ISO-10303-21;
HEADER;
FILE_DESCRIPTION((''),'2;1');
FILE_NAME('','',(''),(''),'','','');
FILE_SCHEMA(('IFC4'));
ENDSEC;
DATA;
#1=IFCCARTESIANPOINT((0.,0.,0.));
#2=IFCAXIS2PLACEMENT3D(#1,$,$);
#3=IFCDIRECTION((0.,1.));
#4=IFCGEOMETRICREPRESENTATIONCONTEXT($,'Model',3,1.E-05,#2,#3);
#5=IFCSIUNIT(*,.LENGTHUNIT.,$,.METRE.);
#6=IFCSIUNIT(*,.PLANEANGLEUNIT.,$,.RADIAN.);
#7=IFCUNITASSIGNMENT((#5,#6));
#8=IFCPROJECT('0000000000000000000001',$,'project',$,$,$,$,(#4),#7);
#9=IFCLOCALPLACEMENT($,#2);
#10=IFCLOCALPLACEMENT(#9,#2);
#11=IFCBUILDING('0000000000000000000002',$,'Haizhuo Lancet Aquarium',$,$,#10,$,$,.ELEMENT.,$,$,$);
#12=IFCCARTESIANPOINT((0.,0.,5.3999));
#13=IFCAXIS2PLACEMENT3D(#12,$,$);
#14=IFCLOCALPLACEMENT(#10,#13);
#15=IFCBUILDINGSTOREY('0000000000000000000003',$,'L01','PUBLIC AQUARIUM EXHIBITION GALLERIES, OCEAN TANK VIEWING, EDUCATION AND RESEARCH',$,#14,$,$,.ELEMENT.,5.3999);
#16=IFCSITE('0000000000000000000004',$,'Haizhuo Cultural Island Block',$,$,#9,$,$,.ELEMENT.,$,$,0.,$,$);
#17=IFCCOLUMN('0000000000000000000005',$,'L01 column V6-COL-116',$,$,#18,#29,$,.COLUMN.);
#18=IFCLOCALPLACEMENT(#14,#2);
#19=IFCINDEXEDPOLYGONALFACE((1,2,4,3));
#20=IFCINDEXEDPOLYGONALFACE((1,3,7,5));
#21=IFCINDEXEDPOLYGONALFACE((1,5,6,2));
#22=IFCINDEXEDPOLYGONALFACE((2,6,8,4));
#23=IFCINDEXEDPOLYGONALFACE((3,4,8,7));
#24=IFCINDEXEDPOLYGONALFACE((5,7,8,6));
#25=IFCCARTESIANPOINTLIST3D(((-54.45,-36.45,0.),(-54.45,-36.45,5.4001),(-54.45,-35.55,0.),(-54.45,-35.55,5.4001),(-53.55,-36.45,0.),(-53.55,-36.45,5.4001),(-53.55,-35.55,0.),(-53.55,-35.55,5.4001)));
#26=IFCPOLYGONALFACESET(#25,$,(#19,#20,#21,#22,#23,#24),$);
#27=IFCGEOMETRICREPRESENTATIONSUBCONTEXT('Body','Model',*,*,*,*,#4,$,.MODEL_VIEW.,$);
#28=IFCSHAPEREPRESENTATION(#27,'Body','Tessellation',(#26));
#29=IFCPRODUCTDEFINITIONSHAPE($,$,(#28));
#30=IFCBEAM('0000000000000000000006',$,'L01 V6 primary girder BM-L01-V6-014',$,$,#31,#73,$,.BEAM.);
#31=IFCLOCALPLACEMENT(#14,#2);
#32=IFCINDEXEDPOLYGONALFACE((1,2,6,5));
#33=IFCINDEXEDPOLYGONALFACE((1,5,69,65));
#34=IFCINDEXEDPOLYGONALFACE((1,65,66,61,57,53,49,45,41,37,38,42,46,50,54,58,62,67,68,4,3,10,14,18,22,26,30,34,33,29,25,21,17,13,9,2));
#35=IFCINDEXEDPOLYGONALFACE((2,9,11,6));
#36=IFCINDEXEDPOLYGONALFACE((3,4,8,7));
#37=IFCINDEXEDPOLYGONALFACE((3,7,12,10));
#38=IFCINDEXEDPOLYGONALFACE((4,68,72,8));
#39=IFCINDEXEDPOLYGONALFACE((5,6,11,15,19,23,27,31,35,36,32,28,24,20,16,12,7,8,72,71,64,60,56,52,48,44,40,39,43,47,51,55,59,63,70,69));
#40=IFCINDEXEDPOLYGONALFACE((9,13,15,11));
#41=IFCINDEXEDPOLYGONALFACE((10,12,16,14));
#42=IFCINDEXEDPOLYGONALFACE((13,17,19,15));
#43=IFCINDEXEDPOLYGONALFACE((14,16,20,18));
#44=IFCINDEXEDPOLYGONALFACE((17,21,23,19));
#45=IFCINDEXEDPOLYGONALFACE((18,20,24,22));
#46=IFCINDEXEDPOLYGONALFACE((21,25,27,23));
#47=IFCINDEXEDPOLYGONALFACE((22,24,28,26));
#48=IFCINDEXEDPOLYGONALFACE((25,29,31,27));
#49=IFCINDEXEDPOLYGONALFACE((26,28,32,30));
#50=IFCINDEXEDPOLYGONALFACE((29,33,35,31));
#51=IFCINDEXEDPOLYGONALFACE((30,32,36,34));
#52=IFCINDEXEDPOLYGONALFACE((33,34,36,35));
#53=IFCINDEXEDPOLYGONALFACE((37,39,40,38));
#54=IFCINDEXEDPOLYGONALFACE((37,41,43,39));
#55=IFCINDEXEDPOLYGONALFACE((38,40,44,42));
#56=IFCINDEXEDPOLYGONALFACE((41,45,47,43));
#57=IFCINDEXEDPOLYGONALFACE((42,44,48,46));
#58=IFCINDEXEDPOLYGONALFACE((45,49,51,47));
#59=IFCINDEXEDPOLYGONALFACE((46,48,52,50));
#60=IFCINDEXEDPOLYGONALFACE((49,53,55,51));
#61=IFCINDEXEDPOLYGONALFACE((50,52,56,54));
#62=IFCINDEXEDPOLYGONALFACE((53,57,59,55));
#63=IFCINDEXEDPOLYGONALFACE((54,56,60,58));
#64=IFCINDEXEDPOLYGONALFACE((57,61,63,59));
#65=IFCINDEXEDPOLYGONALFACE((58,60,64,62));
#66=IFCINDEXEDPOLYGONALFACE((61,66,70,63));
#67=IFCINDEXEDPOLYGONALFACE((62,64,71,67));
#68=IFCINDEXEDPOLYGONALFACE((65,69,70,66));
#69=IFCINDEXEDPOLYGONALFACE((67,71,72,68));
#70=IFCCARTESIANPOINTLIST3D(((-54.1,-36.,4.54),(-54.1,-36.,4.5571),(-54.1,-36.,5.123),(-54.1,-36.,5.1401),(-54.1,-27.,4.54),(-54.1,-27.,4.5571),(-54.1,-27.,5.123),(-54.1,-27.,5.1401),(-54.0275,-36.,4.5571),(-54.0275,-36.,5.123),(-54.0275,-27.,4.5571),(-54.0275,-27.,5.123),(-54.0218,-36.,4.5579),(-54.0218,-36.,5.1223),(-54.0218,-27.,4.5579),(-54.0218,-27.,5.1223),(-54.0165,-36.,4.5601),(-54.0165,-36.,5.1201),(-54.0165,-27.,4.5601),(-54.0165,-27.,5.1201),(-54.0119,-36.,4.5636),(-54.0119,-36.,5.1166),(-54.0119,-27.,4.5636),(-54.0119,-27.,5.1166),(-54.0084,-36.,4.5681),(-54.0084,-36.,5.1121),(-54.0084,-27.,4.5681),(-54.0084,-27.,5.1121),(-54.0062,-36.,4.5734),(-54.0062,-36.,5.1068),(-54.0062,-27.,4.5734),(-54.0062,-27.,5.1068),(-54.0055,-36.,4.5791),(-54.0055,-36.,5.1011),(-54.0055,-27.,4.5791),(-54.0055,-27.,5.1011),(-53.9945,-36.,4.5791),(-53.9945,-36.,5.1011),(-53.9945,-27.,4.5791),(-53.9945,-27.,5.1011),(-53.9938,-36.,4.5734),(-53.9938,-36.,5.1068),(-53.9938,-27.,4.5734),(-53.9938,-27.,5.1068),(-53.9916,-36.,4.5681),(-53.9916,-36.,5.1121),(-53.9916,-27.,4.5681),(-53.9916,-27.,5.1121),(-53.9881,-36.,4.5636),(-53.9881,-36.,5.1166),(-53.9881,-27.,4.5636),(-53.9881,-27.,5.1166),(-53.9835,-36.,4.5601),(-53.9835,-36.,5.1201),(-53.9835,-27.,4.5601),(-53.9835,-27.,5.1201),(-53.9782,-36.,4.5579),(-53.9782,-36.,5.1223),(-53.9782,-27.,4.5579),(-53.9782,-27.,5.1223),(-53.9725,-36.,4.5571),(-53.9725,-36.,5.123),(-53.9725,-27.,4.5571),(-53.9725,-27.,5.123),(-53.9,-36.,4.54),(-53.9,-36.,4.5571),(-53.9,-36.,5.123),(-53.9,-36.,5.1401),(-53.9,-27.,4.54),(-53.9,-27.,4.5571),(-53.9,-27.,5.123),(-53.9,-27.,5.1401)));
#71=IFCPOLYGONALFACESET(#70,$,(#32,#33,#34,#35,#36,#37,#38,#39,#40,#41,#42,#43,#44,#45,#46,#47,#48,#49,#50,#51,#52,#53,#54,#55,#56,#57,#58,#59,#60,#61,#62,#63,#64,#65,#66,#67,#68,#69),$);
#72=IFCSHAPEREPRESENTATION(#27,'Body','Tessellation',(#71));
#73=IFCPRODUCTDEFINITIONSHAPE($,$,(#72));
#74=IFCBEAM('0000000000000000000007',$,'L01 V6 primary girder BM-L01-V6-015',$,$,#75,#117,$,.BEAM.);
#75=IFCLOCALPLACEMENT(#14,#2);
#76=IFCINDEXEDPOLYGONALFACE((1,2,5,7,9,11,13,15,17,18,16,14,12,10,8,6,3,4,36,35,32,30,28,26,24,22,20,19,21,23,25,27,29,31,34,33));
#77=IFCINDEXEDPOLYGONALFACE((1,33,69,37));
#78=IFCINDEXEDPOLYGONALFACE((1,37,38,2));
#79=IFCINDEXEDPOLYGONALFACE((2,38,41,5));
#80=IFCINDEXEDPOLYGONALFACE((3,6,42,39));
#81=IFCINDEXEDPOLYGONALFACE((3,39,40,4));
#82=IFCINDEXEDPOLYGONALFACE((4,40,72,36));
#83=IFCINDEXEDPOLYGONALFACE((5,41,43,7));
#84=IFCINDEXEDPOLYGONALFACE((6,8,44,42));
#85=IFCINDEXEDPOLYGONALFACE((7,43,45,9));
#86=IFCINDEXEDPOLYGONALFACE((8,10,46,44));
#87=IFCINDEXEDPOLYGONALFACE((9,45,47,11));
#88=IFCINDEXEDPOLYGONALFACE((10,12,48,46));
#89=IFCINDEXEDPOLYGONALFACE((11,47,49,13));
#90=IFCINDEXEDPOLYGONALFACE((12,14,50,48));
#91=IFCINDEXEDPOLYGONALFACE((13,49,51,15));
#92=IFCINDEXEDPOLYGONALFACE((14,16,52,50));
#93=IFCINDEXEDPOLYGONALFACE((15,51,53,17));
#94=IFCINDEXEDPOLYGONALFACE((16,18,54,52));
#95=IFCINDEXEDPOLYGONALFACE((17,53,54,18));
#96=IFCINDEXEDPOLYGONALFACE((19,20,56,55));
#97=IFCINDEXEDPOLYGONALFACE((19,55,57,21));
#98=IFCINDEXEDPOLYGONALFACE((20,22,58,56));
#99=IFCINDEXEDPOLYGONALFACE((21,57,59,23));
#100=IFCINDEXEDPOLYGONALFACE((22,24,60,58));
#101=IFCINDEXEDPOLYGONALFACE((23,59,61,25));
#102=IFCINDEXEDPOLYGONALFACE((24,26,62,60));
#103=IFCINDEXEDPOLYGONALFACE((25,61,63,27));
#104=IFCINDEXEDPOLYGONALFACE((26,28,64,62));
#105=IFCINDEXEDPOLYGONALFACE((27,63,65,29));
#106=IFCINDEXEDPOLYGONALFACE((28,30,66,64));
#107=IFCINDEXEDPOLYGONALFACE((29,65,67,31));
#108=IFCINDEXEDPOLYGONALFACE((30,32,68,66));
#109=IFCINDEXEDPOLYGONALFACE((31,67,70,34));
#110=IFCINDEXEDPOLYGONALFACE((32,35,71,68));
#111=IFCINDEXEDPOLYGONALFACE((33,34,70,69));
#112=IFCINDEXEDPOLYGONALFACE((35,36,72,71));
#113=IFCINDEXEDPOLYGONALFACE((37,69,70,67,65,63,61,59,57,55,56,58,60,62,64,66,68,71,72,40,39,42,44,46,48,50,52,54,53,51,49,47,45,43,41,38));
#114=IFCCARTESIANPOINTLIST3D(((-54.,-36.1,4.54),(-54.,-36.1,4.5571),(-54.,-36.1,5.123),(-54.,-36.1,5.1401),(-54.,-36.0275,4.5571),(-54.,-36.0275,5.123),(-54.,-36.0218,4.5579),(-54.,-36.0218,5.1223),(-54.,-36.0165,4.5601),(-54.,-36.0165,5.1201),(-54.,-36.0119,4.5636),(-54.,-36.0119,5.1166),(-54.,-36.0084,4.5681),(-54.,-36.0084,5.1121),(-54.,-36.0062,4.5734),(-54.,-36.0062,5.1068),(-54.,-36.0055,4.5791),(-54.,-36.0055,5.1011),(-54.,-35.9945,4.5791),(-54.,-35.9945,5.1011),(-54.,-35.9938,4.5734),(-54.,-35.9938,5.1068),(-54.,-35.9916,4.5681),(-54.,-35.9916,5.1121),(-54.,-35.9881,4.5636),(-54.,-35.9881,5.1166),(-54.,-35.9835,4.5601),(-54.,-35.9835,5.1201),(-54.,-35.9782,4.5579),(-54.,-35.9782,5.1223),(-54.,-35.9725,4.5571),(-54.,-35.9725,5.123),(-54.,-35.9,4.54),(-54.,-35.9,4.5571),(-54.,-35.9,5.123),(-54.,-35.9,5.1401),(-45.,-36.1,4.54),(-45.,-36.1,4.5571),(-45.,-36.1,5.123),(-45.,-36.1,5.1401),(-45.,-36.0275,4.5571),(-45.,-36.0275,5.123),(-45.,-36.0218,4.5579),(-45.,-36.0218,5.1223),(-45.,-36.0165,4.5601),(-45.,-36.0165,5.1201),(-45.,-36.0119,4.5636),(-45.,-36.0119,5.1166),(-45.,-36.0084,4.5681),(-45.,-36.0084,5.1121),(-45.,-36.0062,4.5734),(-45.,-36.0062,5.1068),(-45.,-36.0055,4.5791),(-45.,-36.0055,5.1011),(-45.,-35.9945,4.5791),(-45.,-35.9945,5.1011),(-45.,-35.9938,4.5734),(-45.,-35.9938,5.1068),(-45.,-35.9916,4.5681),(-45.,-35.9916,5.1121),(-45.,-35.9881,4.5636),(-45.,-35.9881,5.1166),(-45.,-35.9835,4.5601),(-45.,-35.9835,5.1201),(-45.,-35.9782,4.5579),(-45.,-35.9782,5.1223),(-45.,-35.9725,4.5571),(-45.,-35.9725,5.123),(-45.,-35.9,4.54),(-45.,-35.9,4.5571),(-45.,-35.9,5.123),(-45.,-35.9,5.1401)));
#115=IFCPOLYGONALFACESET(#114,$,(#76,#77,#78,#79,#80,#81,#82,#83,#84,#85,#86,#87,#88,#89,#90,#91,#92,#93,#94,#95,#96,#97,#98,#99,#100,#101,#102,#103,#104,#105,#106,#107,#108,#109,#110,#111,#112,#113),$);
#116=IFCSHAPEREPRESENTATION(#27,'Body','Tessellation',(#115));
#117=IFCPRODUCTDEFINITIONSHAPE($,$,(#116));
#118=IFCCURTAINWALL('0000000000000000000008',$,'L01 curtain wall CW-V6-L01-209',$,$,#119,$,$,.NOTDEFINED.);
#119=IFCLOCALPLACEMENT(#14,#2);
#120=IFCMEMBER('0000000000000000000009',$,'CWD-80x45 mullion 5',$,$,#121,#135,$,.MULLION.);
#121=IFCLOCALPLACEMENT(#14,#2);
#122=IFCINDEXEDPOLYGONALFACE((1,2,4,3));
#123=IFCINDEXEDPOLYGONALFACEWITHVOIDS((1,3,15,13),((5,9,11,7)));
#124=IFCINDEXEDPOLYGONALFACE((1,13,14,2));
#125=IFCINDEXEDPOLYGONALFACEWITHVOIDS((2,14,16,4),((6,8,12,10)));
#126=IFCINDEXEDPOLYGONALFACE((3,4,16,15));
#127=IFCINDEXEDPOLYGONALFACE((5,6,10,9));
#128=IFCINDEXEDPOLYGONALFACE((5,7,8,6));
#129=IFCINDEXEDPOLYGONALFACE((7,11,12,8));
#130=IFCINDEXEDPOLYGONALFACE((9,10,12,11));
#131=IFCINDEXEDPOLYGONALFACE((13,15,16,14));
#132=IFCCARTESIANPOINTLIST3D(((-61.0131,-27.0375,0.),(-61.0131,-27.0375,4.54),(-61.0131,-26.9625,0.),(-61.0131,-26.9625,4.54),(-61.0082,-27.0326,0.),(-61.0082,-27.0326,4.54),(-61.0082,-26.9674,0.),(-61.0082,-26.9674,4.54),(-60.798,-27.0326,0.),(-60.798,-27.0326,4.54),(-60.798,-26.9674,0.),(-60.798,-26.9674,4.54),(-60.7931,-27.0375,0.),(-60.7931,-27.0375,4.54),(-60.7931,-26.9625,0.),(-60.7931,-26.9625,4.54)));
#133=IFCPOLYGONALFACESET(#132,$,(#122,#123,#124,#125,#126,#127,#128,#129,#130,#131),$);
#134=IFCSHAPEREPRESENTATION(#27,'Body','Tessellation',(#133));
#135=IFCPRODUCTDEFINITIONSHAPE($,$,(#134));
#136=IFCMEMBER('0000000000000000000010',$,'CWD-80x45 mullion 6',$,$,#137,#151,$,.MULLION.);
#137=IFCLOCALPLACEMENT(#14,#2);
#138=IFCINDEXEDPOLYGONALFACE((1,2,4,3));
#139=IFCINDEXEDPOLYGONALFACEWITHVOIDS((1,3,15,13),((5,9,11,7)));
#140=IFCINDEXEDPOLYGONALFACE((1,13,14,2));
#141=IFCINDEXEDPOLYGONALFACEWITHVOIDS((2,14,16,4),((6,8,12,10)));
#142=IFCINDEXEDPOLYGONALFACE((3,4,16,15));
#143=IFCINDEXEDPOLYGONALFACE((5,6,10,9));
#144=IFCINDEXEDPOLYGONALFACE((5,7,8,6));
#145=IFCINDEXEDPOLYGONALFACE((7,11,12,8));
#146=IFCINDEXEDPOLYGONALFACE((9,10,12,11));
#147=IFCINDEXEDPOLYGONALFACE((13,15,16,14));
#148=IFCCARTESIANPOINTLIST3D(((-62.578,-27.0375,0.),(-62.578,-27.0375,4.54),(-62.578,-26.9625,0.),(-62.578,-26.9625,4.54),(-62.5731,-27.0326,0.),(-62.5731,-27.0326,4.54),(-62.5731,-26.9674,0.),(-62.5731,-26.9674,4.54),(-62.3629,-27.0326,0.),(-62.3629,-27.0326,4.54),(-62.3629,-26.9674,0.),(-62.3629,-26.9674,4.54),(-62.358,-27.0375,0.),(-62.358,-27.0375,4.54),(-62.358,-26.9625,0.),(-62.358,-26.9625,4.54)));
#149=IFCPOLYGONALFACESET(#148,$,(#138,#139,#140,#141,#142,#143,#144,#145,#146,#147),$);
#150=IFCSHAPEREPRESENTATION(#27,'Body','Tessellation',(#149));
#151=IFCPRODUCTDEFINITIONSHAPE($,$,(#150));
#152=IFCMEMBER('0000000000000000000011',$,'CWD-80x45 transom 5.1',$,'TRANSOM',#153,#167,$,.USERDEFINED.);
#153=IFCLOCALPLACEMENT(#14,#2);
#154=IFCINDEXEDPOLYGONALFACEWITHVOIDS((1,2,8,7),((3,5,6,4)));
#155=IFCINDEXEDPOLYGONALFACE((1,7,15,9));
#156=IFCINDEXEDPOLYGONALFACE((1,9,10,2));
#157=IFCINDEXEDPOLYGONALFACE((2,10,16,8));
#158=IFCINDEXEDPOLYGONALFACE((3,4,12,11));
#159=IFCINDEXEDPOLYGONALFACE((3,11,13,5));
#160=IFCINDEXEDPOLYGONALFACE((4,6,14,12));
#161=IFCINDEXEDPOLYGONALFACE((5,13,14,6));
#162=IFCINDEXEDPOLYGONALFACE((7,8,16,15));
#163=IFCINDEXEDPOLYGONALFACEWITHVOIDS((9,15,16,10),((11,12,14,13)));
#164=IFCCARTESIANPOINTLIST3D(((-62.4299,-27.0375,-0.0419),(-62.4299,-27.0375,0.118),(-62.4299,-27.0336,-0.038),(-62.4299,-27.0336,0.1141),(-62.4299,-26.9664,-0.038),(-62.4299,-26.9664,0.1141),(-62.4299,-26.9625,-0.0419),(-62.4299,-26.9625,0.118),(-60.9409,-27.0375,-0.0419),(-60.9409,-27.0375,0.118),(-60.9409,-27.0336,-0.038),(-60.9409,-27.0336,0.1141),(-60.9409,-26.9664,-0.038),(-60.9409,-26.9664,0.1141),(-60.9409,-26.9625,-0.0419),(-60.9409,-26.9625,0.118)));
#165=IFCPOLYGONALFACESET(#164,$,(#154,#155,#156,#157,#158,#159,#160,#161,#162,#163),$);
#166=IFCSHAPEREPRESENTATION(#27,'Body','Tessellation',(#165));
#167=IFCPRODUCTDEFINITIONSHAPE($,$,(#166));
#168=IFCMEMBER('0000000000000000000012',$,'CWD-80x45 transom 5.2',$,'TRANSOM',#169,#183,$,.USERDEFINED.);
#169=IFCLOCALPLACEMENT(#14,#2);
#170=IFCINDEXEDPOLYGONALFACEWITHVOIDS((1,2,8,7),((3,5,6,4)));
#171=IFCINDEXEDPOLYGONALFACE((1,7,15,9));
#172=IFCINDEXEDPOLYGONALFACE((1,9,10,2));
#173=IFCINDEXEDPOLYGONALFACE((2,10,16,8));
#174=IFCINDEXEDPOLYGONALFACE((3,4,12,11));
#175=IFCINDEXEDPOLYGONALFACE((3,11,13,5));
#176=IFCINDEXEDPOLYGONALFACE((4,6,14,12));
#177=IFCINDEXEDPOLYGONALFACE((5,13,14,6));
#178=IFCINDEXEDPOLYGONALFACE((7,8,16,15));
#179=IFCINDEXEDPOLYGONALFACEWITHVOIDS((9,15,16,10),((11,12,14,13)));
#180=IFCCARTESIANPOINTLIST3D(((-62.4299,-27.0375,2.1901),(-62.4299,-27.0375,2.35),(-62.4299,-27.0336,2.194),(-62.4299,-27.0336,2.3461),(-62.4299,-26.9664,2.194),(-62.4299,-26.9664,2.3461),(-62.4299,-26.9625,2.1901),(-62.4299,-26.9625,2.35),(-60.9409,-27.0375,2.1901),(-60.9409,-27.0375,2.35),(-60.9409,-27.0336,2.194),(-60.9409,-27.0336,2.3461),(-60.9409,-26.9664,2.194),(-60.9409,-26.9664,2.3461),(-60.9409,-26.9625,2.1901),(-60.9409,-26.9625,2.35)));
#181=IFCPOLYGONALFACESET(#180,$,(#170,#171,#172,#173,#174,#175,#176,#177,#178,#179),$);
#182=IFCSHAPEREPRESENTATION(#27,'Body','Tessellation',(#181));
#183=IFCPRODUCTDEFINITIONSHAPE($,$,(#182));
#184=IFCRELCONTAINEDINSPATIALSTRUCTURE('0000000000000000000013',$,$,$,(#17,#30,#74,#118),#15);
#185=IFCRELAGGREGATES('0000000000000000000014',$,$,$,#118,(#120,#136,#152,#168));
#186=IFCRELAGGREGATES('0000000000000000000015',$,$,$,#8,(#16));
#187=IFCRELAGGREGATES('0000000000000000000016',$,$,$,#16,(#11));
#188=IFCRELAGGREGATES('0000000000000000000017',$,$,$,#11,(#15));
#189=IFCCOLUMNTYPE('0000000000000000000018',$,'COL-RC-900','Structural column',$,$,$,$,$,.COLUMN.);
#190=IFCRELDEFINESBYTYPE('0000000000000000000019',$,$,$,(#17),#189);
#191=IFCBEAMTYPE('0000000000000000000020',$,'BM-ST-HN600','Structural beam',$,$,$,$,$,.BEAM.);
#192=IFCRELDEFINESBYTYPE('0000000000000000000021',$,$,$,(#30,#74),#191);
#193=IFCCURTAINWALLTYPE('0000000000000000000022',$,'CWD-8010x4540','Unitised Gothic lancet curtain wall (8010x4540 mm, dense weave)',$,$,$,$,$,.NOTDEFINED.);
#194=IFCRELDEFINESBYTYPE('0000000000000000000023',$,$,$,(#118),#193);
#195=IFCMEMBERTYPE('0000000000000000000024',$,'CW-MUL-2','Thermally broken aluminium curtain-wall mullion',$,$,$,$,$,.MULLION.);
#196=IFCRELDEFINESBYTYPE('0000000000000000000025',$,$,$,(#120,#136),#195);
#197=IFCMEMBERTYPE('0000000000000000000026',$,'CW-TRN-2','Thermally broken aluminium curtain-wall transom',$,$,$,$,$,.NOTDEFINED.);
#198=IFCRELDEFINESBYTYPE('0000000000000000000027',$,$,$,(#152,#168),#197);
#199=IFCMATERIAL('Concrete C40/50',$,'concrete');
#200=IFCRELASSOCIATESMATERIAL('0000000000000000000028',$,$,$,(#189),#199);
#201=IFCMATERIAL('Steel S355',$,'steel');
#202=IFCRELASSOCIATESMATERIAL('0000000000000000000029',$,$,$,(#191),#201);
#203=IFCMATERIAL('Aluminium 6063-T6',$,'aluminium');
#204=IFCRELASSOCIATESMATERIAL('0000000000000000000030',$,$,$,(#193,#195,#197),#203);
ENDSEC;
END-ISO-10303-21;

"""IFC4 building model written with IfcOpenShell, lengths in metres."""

from ifc_helpers import new_model, si_unit, direction, frame, origin, origin_2d, place, context, subcontext, project, spatial, rectangle, hollow_rectangle, i_section, extrude, material, material_profile, profile_set, type_object, element, aggregate, save


model = new_model("IFC4")

# Units and contexts
model_context = context("Model", 3, precision=1e-05, world=origin(), true_north=direction((0.0, 1.0)))
body_context = subcontext(model_context, "Body", "Model", "MODEL_VIEW")
ifc_project = project(units=[si_unit("LENGTHUNIT", "METRE"), si_unit("PLANEANGLEUNIT", "RADIAN")], contexts=[model_context])

# Site, building, storey
site_placement = place(None, origin())
site = spatial("IfcSite", under=ifc_project, at=site_placement, Name="Haizhuo Cultural Island Block", CompositionType="ELEMENT", RefElevation=0.0)
building_placement = place(site_placement, origin())
building = spatial("IfcBuilding", under=site, at=building_placement, Name="Haizhuo Lancet Aquarium", CompositionType="ELEMENT")
storey_placement = place(building_placement, frame((0.0, 0.0, 5.3999)))
storey = spatial("IfcBuildingStorey", under=building, at=storey_placement, Name="L01", Description="PUBLIC AQUARIUM EXHIBITION GALLERIES, OCEAN TANK VIEWING, EDUCATION AND RESEARCH", CompositionType="ELEMENT", Elevation=5.3999)

# Column
ifc_material_1 = material(Name="Concrete C40/50", Category="concrete")
ifc_material_profile_1 = material_profile(ifc_material_1, rectangle(XDim=0.8999, YDim=0.8999, at=origin_2d()), Name="RC-COL 900x900")
ifc_profile_set_1 = profile_set([ifc_material_profile_1], Name="Concrete C40/50")
column_type = type_object("IfcColumnType", Name="COL-RC-900", Description="Structural column", PredefinedType="COLUMN", material=ifc_profile_set_1)
column_placement = place(storey_placement, frame((-54.0, -36.0, 0.0), z_axis=(0.0, 0.0, 1.0), x_axis=(1.0, 0.0, 0.0)))
element("IfcColumn", 1, at=column_placement, inside=storey, type_object=column_type, Name="L01 column V6-COL-116", PredefinedType="COLUMN", context=body_context, shape_type="SweptSolid", body=[
    extrude(rectangle(XDim=0.8999, YDim=0.8999, at=origin_2d()), origin(), (0.0, 0.0, 1.0), 5.4001),
])

# Beams
ifc_material_2 = material(Name="Steel S355", Category="steel")
ifc_material_profile_2 = material_profile(ifc_material_2, i_section(OverallWidth=0.2, OverallDepth=0.6001, WebThickness=0.011, FlangeThickness=0.0171, FilletRadius=0.022, at=origin_2d()), Name="HN 600x200x11x17")
ifc_profile_set_2 = profile_set([ifc_material_profile_2], Name="Steel S355")
beam_type = type_object("IfcBeamType", Name="BM-ST-HN600", Description="Structural beam", PredefinedType="BEAM", material=ifc_profile_set_2)
for number, where, z_axis, x_axis, name in (
    (2, (-54.0, -36.0, 4.8401), (0.0, 1.0, 0.0), (-1.0, 0.0, 0.0), "L01 V6 primary girder BM-L01-V6-014"),
    (3, (-54.0, -36.0, 4.8401), (1.0, 0.0, 0.0), (0.0, 1.0, 0.0), "L01 V6 primary girder BM-L01-V6-015"),
):
    element("IfcBeam", number, at=place(storey_placement, frame(where, z_axis=z_axis, x_axis=x_axis)), inside=storey, type_object=beam_type, Name=name, PredefinedType="BEAM", context=body_context, shape_type="SweptSolid", body=[
        extrude(i_section(OverallWidth=0.2, OverallDepth=0.6001, WebThickness=0.011, FlangeThickness=0.0171, FilletRadius=0.022, at=origin_2d()), origin(), (0.0, 0.0, 1.0), 9.0),
    ])

# Curtain wall, members
ifc_material_3 = material(Name="Aluminium 6063-T6", Category="aluminium")
curtain_wall_type = type_object("IfcCurtainWallType", Name="CWD-8010x4540", Description="Unitised Gothic lancet curtain wall (8010x4540 mm, dense weave)", PredefinedType="NOTDEFINED", material=ifc_material_3)
curtain_wall_placement = place(storey_placement, origin())
curtain_wall = element("IfcCurtainWall", 4, at=curtain_wall_placement, inside=storey, type_object=curtain_wall_type, Name="L01 curtain wall CW-V6-L01-209", PredefinedType="NOTDEFINED")
ifc_material_profile_3 = material_profile(ifc_material_3, hollow_rectangle(XDim=0.075, YDim=0.22, WallThickness=0.0049, at=origin_2d()), Name="ALU-M 75x220x5")
ifc_profile_set_3 = profile_set([ifc_material_profile_3], Name="Aluminium 6063-T6")
member_type_1 = type_object("IfcMemberType", Name="CW-MUL-2", Description="Thermally broken aluminium curtain-wall mullion", PredefinedType="MULLION", material=ifc_profile_set_3)
member_1_placement = place(storey_placement, frame((-60.9031, -27.0, 0.0), z_axis=(0.0, 0.0, 1.0), x_axis=(0.0, -1.0, 0.0)))
member_1 = element("IfcMember", 5, at=member_1_placement, type_object=member_type_1, Name="CWD-80x45 mullion 5", PredefinedType="MULLION", context=body_context, shape_type="SweptSolid", body=[
    extrude(hollow_rectangle(XDim=0.075, YDim=0.22, WallThickness=0.0049, at=origin_2d()), origin(), (0.0, 0.0, 1.0), 4.54),
])
member_2_placement = place(storey_placement, frame((-62.468, -27.0, 0.0), z_axis=(0.0, 0.0, 1.0), x_axis=(0.0, -1.0, 0.0)))
member_2 = element("IfcMember", 6, at=member_2_placement, type_object=member_type_1, Name="CWD-80x45 mullion 6", PredefinedType="MULLION", context=body_context, shape_type="SweptSolid", body=[
    extrude(hollow_rectangle(XDim=0.075, YDim=0.22, WallThickness=0.0049, at=origin_2d()), origin(), (0.0, 0.0, 1.0), 4.54),
])
ifc_material_profile_4 = material_profile(ifc_material_3, hollow_rectangle(XDim=0.075, YDim=0.1599, WallThickness=0.0039, at=origin_2d()), Name="ALU-T 75x160x4")
ifc_profile_set_4 = profile_set([ifc_material_profile_4], Name="Aluminium 6063-T6")
member_type_2 = type_object("IfcMemberType", Name="CW-TRN-2", Description="Thermally broken aluminium curtain-wall transom", PredefinedType="NOTDEFINED", material=ifc_profile_set_4)
member_3_placement = place(storey_placement, frame((-60.9409, -27.0, 0.0381), z_axis=(-1.0, 0.0, 0.0), x_axis=(0.0, -1.0, 0.0)))
member_3 = element("IfcMember", 7, at=member_3_placement, type_object=member_type_2, Name="CWD-80x45 transom 5.1", ObjectType="TRANSOM", PredefinedType="USERDEFINED", context=body_context, shape_type="SweptSolid", body=[
    extrude(hollow_rectangle(XDim=0.075, YDim=0.1599, WallThickness=0.0039, at=origin_2d()), origin(), (0.0, 0.0, 1.0), 1.489),
])
member_4_placement = place(storey_placement, frame((-60.9409, -27.0, 2.27), z_axis=(-1.0, 0.0, 0.0), x_axis=(0.0, -1.0, 0.0)))
member_4 = element("IfcMember", 8, at=member_4_placement, type_object=member_type_2, Name="CWD-80x45 transom 5.2", ObjectType="TRANSOM", PredefinedType="USERDEFINED", context=body_context, shape_type="SweptSolid", body=[
    extrude(hollow_rectangle(XDim=0.075, YDim=0.1599, WallThickness=0.0039, at=origin_2d()), origin(), (0.0, 0.0, 1.0), 1.489),
])

aggregate(curtain_wall, [member_1, member_2, member_3, member_4])

save(model, "model.ifc")
